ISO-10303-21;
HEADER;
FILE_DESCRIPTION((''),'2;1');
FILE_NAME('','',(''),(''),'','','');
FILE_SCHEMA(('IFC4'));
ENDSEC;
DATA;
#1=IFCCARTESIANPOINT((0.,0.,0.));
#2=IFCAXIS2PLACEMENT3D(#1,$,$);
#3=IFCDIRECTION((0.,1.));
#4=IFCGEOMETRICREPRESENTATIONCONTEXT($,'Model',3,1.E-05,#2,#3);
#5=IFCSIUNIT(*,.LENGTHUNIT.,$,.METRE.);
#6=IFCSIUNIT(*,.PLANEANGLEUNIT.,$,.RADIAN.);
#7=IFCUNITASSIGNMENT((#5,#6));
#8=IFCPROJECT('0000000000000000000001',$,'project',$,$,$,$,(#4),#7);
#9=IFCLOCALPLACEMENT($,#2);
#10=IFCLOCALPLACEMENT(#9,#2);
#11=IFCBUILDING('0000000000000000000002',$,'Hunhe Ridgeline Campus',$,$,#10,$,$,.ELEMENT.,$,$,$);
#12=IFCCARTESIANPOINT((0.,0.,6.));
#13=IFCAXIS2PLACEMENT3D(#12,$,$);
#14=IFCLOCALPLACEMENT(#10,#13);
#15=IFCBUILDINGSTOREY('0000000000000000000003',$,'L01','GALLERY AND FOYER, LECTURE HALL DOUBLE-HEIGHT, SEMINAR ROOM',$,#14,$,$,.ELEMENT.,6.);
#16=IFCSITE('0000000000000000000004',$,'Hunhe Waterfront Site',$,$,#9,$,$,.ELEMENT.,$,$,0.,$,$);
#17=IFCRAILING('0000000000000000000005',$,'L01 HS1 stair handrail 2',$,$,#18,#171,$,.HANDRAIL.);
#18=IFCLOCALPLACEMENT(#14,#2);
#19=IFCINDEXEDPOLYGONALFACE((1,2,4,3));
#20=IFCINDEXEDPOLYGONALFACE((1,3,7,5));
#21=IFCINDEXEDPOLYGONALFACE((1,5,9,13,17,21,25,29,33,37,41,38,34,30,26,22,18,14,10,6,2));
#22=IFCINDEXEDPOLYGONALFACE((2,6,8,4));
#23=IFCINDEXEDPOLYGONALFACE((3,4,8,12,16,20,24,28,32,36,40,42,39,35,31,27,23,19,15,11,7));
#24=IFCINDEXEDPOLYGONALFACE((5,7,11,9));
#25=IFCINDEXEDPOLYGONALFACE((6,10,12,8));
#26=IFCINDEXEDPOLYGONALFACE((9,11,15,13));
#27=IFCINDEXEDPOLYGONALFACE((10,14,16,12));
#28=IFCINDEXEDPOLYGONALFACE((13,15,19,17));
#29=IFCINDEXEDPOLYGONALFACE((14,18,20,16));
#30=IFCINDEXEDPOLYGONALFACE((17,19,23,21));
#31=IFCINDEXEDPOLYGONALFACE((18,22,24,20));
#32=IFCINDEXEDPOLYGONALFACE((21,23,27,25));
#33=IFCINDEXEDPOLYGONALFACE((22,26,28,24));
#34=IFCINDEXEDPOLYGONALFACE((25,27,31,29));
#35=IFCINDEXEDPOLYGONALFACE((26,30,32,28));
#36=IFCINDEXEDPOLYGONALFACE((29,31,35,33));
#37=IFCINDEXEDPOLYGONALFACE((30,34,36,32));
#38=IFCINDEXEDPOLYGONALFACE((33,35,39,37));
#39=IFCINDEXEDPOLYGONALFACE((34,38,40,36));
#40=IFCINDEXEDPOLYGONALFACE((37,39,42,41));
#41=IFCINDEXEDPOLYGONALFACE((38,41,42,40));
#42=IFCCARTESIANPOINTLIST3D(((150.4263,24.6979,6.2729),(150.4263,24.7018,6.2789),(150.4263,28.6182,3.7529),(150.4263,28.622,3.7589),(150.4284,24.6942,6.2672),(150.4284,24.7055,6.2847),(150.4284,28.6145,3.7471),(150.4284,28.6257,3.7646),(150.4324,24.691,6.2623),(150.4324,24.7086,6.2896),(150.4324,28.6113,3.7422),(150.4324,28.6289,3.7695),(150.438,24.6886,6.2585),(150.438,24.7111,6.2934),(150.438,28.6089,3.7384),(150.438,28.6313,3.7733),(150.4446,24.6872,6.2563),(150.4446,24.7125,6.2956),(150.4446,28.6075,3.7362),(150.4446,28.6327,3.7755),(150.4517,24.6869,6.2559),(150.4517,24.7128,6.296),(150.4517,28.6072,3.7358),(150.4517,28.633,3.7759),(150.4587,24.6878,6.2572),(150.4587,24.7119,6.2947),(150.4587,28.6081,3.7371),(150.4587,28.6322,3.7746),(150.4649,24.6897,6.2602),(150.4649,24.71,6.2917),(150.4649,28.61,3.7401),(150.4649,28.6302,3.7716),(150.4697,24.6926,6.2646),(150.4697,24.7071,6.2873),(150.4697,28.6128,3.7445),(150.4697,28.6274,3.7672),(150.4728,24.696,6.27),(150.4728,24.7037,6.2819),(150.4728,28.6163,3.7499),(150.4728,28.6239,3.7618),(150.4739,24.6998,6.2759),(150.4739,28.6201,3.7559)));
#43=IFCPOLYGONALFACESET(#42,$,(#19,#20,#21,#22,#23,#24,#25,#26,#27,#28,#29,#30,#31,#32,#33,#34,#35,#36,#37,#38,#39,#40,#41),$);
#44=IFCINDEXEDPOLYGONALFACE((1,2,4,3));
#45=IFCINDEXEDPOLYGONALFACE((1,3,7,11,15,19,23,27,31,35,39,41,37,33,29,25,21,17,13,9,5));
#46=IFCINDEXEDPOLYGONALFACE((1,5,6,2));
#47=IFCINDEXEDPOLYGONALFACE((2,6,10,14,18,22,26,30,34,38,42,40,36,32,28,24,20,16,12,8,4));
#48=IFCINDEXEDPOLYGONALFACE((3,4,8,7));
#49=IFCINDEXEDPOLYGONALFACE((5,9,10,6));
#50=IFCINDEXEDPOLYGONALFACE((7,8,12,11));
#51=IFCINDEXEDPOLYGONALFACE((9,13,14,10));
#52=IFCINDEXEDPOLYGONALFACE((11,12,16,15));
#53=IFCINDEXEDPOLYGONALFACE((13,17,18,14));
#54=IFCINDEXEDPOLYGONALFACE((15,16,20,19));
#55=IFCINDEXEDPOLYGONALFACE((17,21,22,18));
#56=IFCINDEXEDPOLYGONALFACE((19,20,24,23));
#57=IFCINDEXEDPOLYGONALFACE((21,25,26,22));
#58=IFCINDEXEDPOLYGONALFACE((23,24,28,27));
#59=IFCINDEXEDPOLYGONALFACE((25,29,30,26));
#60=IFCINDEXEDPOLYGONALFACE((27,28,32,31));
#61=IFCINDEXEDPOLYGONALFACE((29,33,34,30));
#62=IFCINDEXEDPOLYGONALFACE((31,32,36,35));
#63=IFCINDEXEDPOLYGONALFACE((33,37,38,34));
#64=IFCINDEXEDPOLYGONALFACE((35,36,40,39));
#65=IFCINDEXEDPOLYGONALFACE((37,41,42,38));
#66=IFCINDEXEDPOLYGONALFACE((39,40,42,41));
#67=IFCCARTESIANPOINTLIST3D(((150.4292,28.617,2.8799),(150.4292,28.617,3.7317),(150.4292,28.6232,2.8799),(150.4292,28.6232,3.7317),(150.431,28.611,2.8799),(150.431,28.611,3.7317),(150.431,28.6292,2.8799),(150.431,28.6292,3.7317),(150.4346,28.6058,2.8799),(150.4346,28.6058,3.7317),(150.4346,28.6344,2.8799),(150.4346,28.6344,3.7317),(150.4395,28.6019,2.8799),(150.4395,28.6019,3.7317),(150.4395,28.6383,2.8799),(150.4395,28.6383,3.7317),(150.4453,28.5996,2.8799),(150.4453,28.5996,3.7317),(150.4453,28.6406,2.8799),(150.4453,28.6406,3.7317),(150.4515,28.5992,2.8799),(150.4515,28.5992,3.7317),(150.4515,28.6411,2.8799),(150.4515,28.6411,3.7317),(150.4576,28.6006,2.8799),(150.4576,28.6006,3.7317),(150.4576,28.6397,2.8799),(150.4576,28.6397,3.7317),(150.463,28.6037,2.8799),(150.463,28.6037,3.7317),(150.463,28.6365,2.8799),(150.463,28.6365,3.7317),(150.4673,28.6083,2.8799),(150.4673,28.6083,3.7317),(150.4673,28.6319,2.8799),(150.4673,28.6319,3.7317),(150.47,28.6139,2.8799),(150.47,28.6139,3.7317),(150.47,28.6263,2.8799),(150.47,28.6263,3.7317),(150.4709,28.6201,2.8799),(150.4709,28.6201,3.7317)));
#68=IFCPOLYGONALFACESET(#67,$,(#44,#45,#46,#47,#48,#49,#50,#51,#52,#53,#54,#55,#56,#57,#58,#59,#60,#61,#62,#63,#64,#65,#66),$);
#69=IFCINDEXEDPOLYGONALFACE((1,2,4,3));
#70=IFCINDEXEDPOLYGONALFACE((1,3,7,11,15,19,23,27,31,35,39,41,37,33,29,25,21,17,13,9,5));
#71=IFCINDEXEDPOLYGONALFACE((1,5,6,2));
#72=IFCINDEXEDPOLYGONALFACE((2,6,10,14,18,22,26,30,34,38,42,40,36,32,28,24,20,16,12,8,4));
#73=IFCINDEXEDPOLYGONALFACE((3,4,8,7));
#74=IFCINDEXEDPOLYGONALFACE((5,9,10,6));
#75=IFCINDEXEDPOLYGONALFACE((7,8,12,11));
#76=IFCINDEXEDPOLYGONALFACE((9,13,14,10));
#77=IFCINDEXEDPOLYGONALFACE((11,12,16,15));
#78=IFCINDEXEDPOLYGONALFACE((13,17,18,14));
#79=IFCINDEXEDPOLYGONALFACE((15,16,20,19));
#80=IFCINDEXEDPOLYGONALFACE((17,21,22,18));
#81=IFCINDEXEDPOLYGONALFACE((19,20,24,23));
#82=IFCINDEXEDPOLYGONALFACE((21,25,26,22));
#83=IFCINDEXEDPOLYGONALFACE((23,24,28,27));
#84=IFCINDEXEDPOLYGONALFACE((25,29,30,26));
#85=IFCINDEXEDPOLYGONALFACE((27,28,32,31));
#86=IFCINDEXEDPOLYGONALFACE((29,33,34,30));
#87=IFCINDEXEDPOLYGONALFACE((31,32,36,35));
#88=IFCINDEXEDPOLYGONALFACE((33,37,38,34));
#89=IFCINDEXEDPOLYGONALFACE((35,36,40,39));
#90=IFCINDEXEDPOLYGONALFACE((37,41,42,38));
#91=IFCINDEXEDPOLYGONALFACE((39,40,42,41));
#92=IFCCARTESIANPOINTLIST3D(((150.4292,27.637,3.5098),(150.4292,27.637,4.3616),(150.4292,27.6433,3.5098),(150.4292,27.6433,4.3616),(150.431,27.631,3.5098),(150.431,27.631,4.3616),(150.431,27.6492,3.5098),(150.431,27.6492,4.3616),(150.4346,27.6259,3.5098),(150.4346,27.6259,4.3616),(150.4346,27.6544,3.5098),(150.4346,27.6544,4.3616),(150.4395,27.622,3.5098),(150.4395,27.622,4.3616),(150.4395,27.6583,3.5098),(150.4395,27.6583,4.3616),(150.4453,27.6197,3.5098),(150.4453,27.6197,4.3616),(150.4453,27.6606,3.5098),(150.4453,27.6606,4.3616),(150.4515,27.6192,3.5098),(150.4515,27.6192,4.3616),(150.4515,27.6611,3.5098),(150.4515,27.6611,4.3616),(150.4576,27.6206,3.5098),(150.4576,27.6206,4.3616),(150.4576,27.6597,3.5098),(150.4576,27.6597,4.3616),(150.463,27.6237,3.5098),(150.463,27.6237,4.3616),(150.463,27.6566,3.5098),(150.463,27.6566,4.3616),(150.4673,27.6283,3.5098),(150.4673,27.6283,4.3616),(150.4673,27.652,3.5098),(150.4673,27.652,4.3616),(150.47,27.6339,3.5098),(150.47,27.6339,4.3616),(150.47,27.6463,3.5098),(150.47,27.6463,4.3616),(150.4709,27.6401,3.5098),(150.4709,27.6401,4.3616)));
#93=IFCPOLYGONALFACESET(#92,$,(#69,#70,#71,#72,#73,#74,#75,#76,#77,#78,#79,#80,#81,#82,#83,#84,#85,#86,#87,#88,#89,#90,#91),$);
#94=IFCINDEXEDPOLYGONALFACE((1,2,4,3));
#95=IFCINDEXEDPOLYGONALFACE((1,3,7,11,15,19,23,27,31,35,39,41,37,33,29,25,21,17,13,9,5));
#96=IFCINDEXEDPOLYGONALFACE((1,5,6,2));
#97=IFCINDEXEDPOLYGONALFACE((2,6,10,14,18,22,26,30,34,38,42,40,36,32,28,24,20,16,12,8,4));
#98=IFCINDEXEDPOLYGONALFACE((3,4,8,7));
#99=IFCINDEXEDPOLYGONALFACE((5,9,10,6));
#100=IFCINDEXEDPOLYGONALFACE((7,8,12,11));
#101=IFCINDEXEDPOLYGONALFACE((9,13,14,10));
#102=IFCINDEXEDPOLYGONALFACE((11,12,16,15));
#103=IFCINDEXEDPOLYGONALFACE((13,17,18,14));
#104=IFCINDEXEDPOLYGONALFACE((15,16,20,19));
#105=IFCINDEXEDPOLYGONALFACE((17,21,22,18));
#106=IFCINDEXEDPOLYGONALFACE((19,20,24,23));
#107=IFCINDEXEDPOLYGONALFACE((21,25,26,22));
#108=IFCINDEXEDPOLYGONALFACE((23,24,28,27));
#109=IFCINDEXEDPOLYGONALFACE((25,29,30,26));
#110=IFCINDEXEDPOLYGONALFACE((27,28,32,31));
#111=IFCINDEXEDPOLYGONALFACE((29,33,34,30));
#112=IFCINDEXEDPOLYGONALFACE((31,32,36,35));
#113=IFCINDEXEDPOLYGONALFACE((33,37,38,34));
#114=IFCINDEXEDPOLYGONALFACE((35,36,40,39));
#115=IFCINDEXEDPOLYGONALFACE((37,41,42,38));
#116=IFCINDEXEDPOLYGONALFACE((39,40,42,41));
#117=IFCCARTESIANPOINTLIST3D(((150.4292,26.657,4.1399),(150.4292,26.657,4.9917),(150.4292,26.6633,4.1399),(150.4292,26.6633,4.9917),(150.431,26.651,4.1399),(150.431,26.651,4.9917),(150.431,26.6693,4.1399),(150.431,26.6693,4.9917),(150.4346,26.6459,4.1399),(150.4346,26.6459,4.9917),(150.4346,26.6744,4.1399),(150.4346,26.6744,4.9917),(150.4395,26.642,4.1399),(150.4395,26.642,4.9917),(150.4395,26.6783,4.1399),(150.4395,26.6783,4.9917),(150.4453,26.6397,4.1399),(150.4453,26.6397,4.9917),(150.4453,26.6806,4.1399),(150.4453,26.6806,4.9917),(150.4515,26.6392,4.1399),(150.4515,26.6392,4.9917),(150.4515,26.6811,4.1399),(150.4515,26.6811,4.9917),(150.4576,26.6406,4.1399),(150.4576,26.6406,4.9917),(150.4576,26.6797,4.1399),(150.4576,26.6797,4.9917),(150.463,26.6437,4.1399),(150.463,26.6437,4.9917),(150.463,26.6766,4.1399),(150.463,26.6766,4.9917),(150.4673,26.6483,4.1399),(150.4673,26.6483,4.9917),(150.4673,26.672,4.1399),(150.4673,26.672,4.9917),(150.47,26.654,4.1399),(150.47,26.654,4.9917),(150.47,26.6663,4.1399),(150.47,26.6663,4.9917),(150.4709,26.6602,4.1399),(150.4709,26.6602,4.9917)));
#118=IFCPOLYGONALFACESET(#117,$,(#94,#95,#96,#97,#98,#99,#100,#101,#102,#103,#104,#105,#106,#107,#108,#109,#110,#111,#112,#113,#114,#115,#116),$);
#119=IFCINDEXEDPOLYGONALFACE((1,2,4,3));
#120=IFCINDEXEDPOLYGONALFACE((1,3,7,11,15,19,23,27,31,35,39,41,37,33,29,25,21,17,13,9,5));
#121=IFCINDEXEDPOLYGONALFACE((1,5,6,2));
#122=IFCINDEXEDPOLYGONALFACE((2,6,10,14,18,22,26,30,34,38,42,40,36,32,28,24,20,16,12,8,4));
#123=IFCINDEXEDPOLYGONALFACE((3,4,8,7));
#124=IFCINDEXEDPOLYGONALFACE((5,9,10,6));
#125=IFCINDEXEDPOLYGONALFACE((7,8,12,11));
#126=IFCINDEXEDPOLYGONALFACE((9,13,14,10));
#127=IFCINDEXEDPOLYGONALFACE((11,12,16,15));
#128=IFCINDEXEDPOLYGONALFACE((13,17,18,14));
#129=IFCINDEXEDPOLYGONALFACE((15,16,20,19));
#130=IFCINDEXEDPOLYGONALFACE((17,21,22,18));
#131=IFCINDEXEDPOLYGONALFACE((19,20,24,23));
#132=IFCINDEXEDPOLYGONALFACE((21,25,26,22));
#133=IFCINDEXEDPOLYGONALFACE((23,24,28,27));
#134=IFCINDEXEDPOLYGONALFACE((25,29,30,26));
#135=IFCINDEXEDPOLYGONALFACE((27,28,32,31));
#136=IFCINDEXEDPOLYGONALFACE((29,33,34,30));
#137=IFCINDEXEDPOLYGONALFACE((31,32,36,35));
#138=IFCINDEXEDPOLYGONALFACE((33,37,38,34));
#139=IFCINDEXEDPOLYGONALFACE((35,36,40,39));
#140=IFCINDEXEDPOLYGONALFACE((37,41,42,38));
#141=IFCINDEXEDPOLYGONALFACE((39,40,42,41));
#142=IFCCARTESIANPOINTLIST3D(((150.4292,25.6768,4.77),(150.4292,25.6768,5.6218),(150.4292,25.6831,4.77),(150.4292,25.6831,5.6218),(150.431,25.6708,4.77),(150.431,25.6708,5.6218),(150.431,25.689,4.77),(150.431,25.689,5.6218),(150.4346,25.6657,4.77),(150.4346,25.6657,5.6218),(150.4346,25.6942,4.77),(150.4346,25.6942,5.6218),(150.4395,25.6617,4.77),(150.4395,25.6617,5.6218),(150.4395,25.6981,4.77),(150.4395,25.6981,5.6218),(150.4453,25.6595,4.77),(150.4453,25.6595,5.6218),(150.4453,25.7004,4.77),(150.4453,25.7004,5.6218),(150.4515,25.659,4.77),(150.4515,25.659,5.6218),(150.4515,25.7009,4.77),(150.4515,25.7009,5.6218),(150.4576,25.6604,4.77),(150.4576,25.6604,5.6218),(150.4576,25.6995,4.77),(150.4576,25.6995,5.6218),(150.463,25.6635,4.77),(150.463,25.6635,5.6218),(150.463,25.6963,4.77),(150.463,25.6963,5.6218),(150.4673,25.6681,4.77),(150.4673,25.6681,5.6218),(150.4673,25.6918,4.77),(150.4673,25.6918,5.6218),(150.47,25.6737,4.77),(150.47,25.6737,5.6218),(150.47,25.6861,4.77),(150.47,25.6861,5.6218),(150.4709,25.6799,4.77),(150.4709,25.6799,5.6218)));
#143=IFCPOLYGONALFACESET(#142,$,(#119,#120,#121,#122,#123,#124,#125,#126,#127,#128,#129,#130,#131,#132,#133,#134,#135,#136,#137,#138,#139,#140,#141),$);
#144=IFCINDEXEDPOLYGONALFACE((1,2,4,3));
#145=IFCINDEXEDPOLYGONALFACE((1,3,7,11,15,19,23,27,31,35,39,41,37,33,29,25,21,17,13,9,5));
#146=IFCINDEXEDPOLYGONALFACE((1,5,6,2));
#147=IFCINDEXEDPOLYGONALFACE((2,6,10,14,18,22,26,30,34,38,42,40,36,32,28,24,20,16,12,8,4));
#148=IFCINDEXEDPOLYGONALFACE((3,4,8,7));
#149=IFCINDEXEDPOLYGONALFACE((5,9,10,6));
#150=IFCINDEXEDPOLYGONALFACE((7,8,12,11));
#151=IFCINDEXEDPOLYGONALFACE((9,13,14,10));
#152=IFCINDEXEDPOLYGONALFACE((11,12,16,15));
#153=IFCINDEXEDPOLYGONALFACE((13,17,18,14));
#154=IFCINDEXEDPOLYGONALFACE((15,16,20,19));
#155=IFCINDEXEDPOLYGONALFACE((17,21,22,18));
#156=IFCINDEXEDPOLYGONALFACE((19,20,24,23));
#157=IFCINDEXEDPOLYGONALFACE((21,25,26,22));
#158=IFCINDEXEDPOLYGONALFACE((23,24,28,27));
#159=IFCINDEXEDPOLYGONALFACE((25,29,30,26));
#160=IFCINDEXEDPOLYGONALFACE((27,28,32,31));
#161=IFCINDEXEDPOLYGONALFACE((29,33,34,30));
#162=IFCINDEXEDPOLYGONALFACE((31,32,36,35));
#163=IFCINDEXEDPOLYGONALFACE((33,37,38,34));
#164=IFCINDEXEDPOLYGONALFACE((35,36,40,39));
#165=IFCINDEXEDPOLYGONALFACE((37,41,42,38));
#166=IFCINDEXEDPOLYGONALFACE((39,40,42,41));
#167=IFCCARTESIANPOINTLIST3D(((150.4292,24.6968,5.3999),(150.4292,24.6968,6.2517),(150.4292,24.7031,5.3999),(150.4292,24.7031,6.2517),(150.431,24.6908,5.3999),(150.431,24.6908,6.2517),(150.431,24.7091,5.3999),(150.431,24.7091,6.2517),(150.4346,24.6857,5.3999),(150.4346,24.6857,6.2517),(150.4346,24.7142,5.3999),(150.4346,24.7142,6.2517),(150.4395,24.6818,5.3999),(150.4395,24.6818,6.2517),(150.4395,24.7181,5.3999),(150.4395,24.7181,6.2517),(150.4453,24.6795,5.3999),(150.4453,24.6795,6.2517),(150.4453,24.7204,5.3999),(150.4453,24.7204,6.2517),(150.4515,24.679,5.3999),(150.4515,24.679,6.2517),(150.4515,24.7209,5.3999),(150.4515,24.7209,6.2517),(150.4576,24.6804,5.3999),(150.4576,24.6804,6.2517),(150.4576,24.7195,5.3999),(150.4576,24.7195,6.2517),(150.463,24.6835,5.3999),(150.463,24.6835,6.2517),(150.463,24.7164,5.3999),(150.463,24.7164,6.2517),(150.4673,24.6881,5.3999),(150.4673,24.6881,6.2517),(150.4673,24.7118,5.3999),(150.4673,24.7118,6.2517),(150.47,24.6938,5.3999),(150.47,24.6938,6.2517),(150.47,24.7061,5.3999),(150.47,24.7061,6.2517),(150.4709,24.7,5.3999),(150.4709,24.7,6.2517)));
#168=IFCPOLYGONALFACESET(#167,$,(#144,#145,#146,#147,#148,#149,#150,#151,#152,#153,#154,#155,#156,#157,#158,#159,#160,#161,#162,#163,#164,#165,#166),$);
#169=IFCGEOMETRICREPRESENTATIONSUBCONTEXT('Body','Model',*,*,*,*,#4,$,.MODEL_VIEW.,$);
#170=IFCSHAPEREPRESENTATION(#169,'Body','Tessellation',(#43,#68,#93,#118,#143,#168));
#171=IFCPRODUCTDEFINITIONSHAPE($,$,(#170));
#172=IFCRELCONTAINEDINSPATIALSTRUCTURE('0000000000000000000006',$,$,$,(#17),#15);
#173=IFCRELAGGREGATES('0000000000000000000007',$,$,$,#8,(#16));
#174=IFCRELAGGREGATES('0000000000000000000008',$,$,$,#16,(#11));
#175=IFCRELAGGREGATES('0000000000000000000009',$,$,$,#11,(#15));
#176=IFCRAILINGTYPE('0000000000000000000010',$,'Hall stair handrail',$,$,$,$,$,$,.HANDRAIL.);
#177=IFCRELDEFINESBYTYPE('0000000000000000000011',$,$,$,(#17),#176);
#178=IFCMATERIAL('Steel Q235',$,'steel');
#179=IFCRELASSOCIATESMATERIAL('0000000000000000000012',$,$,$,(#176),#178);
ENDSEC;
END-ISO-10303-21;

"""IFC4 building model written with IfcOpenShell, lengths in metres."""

from ifc_helpers import new_model, si_unit, direction, frame, origin, origin_2d, place, context, subcontext, project, spatial, circle, extrude, material, type_object, element, save


model = new_model("IFC4")

# Units and contexts
model_context = context("Model", 3, precision=1e-05, world=origin(), true_north=direction((0.0, 1.0)))
body_context = subcontext(model_context, "Body", "Model", "MODEL_VIEW")
ifc_project = project(units=[si_unit("LENGTHUNIT", "METRE"), si_unit("PLANEANGLEUNIT", "RADIAN")], contexts=[model_context])

# Site, building, storey
site_placement = place(None, origin())
site = spatial("IfcSite", under=ifc_project, at=site_placement, Name="Hunhe Waterfront Site", CompositionType="ELEMENT", RefElevation=0.0)
building_placement = place(site_placement, origin())
building = spatial("IfcBuilding", under=site, at=building_placement, Name="Hunhe Ridgeline Campus", CompositionType="ELEMENT")
storey_placement = place(building_placement, frame((0.0, 0.0, 6.0)))
storey = spatial("IfcBuildingStorey", under=building, at=storey_placement, Name="L01", Description="GALLERY AND FOYER, LECTURE HALL DOUBLE-HEIGHT, SEMINAR ROOM", CompositionType="ELEMENT", Elevation=6.0)

# Shared definitions
ifc_material_1 = material(Name="Steel Q235", Category="steel")

# Railing
railing_type_1 = type_object("IfcRailingType", Name="Hall stair handrail", PredefinedType="HANDRAIL", material=ifc_material_1)
railing_1_placement = place(storey_placement, frame((150.45, 28.6201, 2.8799)))
element("IfcRailing", 1, at=railing_1_placement, inside=storey, type_object=railing_type_1, Name="L01 HS1 stair handrail 2", PredefinedType="HANDRAIL", context=body_context, shape_type="SweptSolid", body=[
    extrude(circle(Radius=0.0239, at=origin_2d()), frame((0.0, 0.0, 0.876), z_axis=(0.0, -0.841187, 0.540744), x_axis=(1.0, 0.0, 0.0)), (0.0, 0.0, 1.0), 4.6604),
    extrude(circle(Radius=0.021, at=origin_2d()), origin(), (0.0, 0.0, 1.0), 0.8518),
    extrude(circle(Radius=0.021, at=origin_2d()), frame((0.0, -0.98, 0.6299)), (0.0, 0.0, 1.0), 0.8518),
    extrude(circle(Radius=0.021, at=origin_2d()), frame((0.0, -1.96, 1.26)), (0.0, 0.0, 1.0), 0.8518),
    extrude(circle(Radius=0.021, at=origin_2d()), frame((0.0, -2.9402, 1.8901)), (0.0, 0.0, 1.0), 0.8518),
    extrude(circle(Radius=0.021, at=origin_2d()), frame((0.0, -3.9202, 2.52)), (0.0, 0.0, 1.0), 0.8518),
])

save(model, "model.ifc")
